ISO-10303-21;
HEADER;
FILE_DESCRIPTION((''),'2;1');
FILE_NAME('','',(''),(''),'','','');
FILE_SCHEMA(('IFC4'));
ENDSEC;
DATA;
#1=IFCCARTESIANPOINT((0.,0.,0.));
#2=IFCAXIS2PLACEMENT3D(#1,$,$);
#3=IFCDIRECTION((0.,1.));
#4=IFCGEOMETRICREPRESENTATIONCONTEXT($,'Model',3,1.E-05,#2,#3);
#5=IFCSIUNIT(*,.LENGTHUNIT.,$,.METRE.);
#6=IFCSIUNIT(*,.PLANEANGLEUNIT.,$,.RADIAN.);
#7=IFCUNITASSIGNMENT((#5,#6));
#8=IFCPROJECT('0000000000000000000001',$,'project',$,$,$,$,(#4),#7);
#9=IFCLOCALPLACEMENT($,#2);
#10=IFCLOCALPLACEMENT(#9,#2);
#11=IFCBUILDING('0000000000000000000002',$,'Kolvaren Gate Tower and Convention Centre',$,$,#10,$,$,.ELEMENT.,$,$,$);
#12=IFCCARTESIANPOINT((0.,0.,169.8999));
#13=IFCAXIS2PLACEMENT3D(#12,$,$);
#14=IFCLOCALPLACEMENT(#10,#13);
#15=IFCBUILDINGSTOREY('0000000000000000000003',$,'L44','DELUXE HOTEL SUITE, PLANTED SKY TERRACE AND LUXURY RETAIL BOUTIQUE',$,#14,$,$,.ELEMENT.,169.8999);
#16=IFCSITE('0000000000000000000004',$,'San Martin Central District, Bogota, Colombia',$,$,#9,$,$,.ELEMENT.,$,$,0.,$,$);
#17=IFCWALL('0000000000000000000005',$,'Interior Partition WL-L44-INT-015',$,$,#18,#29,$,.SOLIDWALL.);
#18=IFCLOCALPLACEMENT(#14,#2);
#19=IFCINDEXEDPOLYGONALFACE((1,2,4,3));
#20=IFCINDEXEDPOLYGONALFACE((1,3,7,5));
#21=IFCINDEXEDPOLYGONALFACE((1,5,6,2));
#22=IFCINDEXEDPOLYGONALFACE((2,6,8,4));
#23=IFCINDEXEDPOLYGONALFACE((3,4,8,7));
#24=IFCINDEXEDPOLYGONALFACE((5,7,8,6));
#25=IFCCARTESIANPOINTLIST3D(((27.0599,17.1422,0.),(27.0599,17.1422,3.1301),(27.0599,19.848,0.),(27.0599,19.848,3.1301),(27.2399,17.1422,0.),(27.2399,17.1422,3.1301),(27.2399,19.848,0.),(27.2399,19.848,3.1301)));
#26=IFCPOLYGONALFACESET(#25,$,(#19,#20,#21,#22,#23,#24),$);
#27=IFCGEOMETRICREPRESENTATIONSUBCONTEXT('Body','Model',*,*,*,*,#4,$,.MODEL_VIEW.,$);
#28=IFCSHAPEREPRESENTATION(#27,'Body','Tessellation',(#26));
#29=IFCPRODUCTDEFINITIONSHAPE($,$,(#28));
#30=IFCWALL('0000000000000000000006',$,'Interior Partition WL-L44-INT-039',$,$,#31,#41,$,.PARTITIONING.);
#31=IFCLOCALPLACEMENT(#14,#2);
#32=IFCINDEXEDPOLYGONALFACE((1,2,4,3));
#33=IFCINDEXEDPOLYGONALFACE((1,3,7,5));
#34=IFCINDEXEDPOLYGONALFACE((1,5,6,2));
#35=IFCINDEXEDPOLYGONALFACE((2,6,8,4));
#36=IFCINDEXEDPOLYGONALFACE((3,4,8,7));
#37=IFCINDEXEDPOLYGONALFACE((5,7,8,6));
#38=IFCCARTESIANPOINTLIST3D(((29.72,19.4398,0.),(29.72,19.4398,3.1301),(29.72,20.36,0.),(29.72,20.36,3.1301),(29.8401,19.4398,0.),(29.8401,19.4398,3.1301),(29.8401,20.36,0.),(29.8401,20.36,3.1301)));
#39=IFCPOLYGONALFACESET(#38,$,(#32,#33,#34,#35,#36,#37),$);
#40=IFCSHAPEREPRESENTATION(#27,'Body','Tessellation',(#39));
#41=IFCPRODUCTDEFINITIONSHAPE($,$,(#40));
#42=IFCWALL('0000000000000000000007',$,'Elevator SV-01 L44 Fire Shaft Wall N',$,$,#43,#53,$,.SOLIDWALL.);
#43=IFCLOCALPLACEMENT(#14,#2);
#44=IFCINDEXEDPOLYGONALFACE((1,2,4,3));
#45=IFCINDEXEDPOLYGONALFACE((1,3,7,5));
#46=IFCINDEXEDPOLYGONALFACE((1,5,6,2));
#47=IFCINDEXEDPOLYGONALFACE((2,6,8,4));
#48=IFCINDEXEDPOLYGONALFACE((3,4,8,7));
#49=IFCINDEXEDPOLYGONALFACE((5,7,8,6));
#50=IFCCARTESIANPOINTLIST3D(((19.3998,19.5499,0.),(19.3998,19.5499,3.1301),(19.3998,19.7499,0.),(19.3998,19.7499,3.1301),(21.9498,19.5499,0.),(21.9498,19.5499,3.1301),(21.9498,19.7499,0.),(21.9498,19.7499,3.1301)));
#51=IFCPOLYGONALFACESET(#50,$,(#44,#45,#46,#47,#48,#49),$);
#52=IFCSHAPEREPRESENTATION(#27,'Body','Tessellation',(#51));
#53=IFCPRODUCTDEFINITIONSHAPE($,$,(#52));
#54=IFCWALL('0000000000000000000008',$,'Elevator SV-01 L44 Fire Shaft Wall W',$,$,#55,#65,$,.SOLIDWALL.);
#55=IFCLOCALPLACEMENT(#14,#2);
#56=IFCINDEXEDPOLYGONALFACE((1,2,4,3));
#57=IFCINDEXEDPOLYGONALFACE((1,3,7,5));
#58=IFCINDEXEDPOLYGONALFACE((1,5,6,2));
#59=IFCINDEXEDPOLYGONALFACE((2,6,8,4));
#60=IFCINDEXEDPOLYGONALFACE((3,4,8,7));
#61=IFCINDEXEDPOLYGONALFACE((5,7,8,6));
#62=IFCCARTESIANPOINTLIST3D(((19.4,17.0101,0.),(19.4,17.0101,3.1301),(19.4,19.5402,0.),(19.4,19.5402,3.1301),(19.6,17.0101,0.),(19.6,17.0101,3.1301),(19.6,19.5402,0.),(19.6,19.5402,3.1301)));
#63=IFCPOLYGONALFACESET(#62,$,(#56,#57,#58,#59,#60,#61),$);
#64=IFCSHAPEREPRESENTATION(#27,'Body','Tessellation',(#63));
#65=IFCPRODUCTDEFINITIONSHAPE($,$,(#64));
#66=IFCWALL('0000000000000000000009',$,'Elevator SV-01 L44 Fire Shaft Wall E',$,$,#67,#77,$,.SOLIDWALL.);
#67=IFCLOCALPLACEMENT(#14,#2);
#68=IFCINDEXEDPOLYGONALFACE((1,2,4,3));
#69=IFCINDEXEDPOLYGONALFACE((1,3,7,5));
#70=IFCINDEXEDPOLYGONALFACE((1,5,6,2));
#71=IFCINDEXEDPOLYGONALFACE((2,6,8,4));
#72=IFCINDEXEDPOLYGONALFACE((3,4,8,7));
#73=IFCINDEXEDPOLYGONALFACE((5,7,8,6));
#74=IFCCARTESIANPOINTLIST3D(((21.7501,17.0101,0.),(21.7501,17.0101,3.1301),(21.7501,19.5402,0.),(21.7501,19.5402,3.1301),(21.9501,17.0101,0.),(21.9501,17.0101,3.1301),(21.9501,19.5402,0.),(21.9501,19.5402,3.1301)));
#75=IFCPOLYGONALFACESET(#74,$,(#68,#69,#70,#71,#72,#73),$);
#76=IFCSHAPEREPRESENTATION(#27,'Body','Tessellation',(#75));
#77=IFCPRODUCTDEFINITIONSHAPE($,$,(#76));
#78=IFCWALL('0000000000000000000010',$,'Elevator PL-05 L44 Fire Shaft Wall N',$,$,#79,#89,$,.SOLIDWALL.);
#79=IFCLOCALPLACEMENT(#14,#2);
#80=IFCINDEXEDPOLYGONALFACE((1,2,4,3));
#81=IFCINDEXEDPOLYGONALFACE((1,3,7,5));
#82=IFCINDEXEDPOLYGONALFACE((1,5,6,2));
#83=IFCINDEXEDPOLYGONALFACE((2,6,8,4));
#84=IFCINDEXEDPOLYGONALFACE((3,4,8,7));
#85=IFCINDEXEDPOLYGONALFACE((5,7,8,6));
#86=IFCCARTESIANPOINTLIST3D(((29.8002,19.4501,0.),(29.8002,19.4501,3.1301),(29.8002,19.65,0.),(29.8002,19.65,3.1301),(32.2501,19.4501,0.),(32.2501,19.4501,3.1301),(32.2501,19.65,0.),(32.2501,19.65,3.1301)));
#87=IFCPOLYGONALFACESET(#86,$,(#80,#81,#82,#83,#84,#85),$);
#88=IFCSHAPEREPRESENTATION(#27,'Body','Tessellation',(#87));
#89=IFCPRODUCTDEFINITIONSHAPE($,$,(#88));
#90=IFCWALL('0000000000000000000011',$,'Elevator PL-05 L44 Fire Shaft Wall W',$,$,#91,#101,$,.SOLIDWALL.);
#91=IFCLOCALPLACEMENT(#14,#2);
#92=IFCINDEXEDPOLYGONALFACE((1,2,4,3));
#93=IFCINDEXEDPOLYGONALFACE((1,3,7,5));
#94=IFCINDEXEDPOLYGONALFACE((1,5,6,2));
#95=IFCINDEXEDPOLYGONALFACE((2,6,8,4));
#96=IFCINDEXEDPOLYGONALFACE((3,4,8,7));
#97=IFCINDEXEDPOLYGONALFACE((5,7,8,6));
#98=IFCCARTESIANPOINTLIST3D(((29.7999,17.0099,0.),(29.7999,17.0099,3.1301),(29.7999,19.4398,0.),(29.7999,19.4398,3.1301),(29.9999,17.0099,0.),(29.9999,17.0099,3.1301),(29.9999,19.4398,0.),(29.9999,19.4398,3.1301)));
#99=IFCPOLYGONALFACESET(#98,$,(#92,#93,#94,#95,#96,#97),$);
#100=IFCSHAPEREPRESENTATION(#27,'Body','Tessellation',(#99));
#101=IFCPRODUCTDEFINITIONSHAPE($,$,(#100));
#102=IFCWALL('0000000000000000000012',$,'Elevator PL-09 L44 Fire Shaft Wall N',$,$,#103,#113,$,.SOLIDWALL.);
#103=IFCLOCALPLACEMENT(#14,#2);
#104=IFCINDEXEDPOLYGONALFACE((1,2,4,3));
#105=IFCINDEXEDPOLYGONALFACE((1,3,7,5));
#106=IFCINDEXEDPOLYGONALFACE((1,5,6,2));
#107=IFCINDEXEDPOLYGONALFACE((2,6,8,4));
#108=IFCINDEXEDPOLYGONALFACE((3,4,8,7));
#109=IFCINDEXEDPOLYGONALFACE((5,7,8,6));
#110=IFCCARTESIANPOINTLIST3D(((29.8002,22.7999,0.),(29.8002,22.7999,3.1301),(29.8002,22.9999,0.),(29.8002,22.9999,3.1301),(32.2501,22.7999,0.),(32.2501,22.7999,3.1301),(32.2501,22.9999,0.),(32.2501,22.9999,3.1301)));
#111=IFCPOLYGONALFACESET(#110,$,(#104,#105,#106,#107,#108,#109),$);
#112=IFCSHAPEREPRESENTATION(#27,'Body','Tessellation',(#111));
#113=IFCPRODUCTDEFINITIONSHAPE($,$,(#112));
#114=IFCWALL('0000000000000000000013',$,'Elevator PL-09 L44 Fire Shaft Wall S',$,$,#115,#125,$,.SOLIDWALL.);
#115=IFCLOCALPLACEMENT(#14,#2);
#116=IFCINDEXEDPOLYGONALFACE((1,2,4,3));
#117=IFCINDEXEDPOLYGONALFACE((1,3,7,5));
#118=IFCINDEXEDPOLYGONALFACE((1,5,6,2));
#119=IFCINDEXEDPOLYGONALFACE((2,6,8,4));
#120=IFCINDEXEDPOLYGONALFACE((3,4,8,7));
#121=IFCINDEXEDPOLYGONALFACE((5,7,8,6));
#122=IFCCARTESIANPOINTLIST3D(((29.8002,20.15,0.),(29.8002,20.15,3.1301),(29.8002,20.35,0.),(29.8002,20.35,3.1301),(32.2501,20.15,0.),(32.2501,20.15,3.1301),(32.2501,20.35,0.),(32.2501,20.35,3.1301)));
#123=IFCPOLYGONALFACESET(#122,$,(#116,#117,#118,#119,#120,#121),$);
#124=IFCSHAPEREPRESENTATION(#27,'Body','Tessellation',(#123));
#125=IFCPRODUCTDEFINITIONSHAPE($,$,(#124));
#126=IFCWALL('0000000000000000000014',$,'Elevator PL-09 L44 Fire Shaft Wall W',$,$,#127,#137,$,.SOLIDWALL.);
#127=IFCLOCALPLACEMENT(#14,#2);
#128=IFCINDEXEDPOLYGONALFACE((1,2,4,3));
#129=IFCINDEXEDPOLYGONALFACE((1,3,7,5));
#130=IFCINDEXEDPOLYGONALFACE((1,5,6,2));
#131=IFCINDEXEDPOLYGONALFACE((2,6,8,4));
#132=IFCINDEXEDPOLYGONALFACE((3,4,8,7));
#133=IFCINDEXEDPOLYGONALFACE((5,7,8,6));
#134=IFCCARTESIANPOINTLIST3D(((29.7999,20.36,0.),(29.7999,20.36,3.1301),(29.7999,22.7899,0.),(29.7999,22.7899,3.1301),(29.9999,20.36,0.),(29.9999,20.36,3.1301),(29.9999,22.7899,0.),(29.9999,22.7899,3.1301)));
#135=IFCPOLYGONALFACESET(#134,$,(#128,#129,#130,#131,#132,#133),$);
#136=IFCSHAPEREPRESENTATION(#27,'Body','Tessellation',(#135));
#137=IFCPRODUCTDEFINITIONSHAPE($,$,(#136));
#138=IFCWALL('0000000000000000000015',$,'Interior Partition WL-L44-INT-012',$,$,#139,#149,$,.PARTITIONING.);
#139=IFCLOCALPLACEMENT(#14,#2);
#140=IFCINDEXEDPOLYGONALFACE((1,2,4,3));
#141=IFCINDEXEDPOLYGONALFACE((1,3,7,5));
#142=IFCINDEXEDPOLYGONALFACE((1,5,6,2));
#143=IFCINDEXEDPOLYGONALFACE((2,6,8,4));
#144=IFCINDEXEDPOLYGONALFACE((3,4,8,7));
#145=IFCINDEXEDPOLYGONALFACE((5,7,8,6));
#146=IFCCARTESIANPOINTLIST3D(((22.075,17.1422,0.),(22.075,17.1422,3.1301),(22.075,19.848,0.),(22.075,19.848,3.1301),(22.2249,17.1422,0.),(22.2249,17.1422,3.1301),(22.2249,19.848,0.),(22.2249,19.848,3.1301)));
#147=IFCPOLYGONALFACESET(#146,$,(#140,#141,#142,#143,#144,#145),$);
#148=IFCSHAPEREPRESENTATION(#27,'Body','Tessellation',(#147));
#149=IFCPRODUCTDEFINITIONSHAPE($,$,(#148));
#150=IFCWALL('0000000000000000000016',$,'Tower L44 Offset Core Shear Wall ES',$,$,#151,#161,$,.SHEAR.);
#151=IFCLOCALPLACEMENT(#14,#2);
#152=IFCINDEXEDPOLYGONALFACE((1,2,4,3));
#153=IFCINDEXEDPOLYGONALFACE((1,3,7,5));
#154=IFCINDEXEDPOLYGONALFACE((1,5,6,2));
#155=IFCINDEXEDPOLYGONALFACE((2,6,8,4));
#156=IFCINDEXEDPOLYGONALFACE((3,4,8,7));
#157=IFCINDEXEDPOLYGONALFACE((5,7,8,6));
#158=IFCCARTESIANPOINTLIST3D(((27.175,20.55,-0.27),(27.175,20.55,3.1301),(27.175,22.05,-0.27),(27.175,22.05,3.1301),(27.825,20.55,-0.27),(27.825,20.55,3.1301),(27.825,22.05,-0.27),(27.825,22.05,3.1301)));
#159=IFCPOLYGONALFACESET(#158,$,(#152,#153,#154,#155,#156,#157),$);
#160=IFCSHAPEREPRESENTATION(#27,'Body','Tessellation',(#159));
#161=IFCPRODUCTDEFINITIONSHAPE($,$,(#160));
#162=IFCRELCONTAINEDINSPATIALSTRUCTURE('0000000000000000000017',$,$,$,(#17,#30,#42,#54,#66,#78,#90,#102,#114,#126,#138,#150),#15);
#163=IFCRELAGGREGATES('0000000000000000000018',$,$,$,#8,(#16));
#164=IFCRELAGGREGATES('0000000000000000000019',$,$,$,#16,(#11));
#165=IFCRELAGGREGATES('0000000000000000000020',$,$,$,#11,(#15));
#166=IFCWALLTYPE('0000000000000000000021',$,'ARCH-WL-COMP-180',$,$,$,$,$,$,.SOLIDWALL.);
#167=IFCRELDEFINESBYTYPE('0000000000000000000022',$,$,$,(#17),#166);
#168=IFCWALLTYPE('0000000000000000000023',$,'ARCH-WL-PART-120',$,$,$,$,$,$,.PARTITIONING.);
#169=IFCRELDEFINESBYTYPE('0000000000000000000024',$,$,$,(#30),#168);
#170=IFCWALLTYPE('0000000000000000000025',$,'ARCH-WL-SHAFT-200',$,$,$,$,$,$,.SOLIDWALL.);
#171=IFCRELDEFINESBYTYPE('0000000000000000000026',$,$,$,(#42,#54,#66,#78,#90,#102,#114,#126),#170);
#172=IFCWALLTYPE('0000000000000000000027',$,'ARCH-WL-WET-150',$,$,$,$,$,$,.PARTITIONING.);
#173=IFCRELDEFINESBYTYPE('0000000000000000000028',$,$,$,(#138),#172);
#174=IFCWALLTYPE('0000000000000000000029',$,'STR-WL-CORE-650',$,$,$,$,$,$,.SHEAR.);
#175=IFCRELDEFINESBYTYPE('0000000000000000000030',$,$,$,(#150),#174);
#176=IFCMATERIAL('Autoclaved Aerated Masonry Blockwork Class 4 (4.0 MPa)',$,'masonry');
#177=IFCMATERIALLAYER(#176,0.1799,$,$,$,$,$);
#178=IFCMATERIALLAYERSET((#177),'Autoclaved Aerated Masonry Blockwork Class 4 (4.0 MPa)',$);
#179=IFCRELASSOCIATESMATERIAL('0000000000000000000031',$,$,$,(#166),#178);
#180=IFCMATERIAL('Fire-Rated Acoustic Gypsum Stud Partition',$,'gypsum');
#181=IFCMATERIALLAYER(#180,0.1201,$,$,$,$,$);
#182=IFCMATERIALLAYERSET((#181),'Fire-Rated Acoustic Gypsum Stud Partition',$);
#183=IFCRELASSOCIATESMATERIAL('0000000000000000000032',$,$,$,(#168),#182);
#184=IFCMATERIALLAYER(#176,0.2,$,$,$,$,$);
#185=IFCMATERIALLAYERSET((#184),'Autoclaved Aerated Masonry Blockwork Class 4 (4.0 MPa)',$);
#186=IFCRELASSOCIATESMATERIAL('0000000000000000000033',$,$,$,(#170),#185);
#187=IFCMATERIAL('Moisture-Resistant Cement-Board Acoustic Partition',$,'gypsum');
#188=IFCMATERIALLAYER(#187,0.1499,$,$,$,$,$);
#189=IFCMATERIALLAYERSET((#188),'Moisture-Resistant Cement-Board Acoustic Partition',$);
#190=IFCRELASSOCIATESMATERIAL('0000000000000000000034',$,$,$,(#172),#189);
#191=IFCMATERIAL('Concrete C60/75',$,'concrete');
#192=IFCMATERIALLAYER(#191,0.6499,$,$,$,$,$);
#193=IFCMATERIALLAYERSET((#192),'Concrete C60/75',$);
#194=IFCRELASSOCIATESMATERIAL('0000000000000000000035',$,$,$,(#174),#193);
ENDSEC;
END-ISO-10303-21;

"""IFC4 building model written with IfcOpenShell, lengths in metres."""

from ifc_helpers import new_model, si_unit, direction, frame, frame_2d, origin, place, context, subcontext, project, spatial, rectangle, extrude, material, layer, layer_set, type_object, element, save


model = new_model("IFC4")

# Units and contexts
model_context = context("Model", 3, precision=1e-05, world=origin(), true_north=direction((0.0, 1.0)))
body_context = subcontext(model_context, "Body", "Model", "MODEL_VIEW")
ifc_project = project(units=[si_unit("LENGTHUNIT", "METRE"), si_unit("PLANEANGLEUNIT", "RADIAN")], contexts=[model_context])

# Site, building, storey
site_placement = place(None, origin())
site = spatial("IfcSite", under=ifc_project, at=site_placement, Name="San Martin Central District, Bogota, Colombia", CompositionType="ELEMENT", RefElevation=0.0)
building_placement = place(site_placement, origin())
building = spatial("IfcBuilding", under=site, at=building_placement, Name="Kolvaren Gate Tower and Convention Centre", CompositionType="ELEMENT")
storey_placement = place(building_placement, frame((0.0, 0.0, 169.8999)))
storey = spatial("IfcBuildingStorey", under=building, at=storey_placement, Name="L44", Description="DELUXE HOTEL SUITE, PLANTED SKY TERRACE AND LUXURY RETAIL BOUTIQUE", CompositionType="ELEMENT", Elevation=169.8999)

# Shared definitions
ifc_material_1 = material(Name="Autoclaved Aerated Masonry Blockwork Class 4 (4.0 MPa)", Category="masonry")
ifc_layer_1 = layer(ifc_material_1, 0.1799)
ifc_layer_set_1 = layer_set([ifc_layer_1], Name="Autoclaved Aerated Masonry Blockwork Class 4 (4.0 MPa)")
wall_type_1 = type_object("IfcWallType", Name="ARCH-WL-COMP-180", PredefinedType="SOLIDWALL", material=ifc_layer_set_1)

# Walls
for number, where, z_axis, x_axis, name in (
    (1, (27.1499, 17.1421, 0.0), (0.0, 0.0, 1.0), (0.0, 1.0, 0.0), "Interior Partition WL-L44-INT-015"),
):
    element("IfcWall", number, at=place(storey_placement, frame(where, z_axis=z_axis, x_axis=x_axis)), inside=storey, type_object=wall_type_1, Name=name, PredefinedType="SOLIDWALL", context=body_context, shape_type="SweptSolid", body=[
        extrude(rectangle(XDim=2.7058, YDim=0.1799, at=frame_2d((1.353, 0.0))), origin(), (0.0, 0.0, 1.0), 3.1301),
    ])
ifc_material_2 = material(Name="Fire-Rated Acoustic Gypsum Stud Partition", Category="gypsum")
ifc_layer_2 = layer(ifc_material_2, 0.1201)
ifc_layer_set_2 = layer_set([ifc_layer_2], Name="Fire-Rated Acoustic Gypsum Stud Partition")
wall_type_2 = type_object("IfcWallType", Name="ARCH-WL-PART-120", PredefinedType="PARTITIONING", material=ifc_layer_set_2)
wall_1_placement = place(storey_placement, frame((29.78, 19.4399, 0.0), z_axis=(0.0, 0.0, 1.0), x_axis=(0.0, 1.0, 0.0)))
element("IfcWall", 2, at=wall_1_placement, inside=storey, type_object=wall_type_2, Name="Interior Partition WL-L44-INT-039", PredefinedType="PARTITIONING", context=body_context, shape_type="SweptSolid", body=[
    extrude(rectangle(XDim=0.9202, YDim=0.1201, at=frame_2d((0.46, 0.0))), origin(), (0.0, 0.0, 1.0), 3.1301),
])
ifc_layer_3 = layer(ifc_material_1, 0.2)
ifc_layer_set_3 = layer_set([ifc_layer_3], Name="Autoclaved Aerated Masonry Blockwork Class 4 (4.0 MPa)")
wall_type_3 = type_object("IfcWallType", Name="ARCH-WL-SHAFT-200", PredefinedType="SOLIDWALL", material=ifc_layer_set_3)
wall_2_placement = place(storey_placement, frame((19.3999, 19.6499, 0.0), z_axis=(0.0, 0.0, 1.0), x_axis=(1.0, 0.0, 0.0)))
element("IfcWall", 3, at=wall_2_placement, inside=storey, type_object=wall_type_3, Name="Elevator SV-01 L44 Fire Shaft Wall N", PredefinedType="SOLIDWALL", context=body_context, shape_type="SweptSolid", body=[
    extrude(rectangle(XDim=2.55, YDim=0.2, at=frame_2d((1.2749, 0.0))), origin(), (0.0, 0.0, 1.0), 3.1301),
])
for number, where, z_axis, x_axis, name in (
    (4, (19.5, 17.01, 0.0), (0.0, 0.0, 1.0), (0.0, 1.0, 0.0), "Elevator SV-01 L44 Fire Shaft Wall W"),
    (5, (21.8501, 17.01, 0.0), (0.0, 0.0, 1.0), (0.0, 1.0, 0.0), "Elevator SV-01 L44 Fire Shaft Wall E"),
):
    element("IfcWall", number, at=place(storey_placement, frame(where, z_axis=z_axis, x_axis=x_axis)), inside=storey, type_object=wall_type_3, Name=name, PredefinedType="SOLIDWALL", context=body_context, shape_type="SweptSolid", body=[
        extrude(rectangle(XDim=2.53, YDim=0.2, at=frame_2d((1.2651, 0.0))), origin(), (0.0, 0.0, 1.0), 3.1301),
    ])
wall_3_placement = place(storey_placement, frame((29.8, 19.55, 0.0), z_axis=(0.0, 0.0, 1.0), x_axis=(1.0, 0.0, 0.0)))
element("IfcWall", 6, at=wall_3_placement, inside=storey, type_object=wall_type_3, Name="Elevator PL-05 L44 Fire Shaft Wall N", PredefinedType="SOLIDWALL", context=body_context, shape_type="SweptSolid", body=[
    extrude(rectangle(XDim=2.45, YDim=0.2, at=frame_2d((1.2251, 0.0))), origin(), (0.0, 0.0, 1.0), 3.1301),
])
wall_4_placement = place(storey_placement, frame((29.8999, 17.01, 0.0), z_axis=(0.0, 0.0, 1.0), x_axis=(0.0, 1.0, 0.0)))
element("IfcWall", 7, at=wall_4_placement, inside=storey, type_object=wall_type_3, Name="Elevator PL-05 L44 Fire Shaft Wall W", PredefinedType="SOLIDWALL", context=body_context, shape_type="SweptSolid", body=[
    extrude(rectangle(XDim=2.4299, YDim=0.2, at=frame_2d((1.2148, 0.0))), origin(), (0.0, 0.0, 1.0), 3.1301),
])
for number, where, z_axis, x_axis, name in (
    (8, (29.8, 22.8999, 0.0), (0.0, 0.0, 1.0), (1.0, 0.0, 0.0), "Elevator PL-09 L44 Fire Shaft Wall N"),
    (9, (29.8, 20.25, 0.0), (0.0, 0.0, 1.0), (1.0, 0.0, 0.0), "Elevator PL-09 L44 Fire Shaft Wall S"),
):
    element("IfcWall", number, at=place(storey_placement, frame(where, z_axis=z_axis, x_axis=x_axis)), inside=storey, type_object=wall_type_3, Name=name, PredefinedType="SOLIDWALL", context=body_context, shape_type="SweptSolid", body=[
        extrude(rectangle(XDim=2.45, YDim=0.2, at=frame_2d((1.2251, 0.0))), origin(), (0.0, 0.0, 1.0), 3.1301),
    ])
wall_5_placement = place(storey_placement, frame((29.8999, 20.3601, 0.0), z_axis=(0.0, 0.0, 1.0), x_axis=(0.0, 1.0, 0.0)))
element("IfcWall", 10, at=wall_5_placement, inside=storey, type_object=wall_type_3, Name="Elevator PL-09 L44 Fire Shaft Wall W", PredefinedType="SOLIDWALL", context=body_context, shape_type="SweptSolid", body=[
    extrude(rectangle(XDim=2.4299, YDim=0.2, at=frame_2d((1.2148, 0.0))), origin(), (0.0, 0.0, 1.0), 3.1301),
])
ifc_material_3 = material(Name="Moisture-Resistant Cement-Board Acoustic Partition", Category="gypsum")
ifc_layer_4 = layer(ifc_material_3, 0.1499)
ifc_layer_set_4 = layer_set([ifc_layer_4], Name="Moisture-Resistant Cement-Board Acoustic Partition")
wall_type_4 = type_object("IfcWallType", Name="ARCH-WL-WET-150", PredefinedType="PARTITIONING", material=ifc_layer_set_4)
wall_6_placement = place(storey_placement, frame((22.1499, 17.1421, 0.0), z_axis=(0.0, 0.0, 1.0), x_axis=(0.0, 1.0, 0.0)))
element("IfcWall", 11, at=wall_6_placement, inside=storey, type_object=wall_type_4, Name="Interior Partition WL-L44-INT-012", PredefinedType="PARTITIONING", context=body_context, shape_type="SweptSolid", body=[
    extrude(rectangle(XDim=2.7058, YDim=0.1499, at=frame_2d((1.353, 0.0))), origin(), (0.0, 0.0, 1.0), 3.1301),
])
ifc_material_4 = material(Name="Concrete C60/75", Category="concrete")
ifc_layer_5 = layer(ifc_material_4, 0.6499)
ifc_layer_set_5 = layer_set([ifc_layer_5], Name="Concrete C60/75")
wall_type_5 = type_object("IfcWallType", Name="STR-WL-CORE-650", PredefinedType="SHEAR", material=ifc_layer_set_5)
wall_7_placement = place(storey_placement, frame((27.5, 20.55, -0.27), z_axis=(0.0, 0.0, 1.0), x_axis=(0.0, 1.0, 0.0)))
element("IfcWall", 12, at=wall_7_placement, inside=storey, type_object=wall_type_5, Name="Tower L44 Offset Core Shear Wall ES", PredefinedType="SHEAR", context=body_context, shape_type="SweptSolid", body=[
    extrude(rectangle(XDim=1.5, YDim=0.6499, at=frame_2d((0.75, 0.0))), origin(), (0.0, 0.0, 1.0), 3.4001),
])

save(model, "model.ifc")
